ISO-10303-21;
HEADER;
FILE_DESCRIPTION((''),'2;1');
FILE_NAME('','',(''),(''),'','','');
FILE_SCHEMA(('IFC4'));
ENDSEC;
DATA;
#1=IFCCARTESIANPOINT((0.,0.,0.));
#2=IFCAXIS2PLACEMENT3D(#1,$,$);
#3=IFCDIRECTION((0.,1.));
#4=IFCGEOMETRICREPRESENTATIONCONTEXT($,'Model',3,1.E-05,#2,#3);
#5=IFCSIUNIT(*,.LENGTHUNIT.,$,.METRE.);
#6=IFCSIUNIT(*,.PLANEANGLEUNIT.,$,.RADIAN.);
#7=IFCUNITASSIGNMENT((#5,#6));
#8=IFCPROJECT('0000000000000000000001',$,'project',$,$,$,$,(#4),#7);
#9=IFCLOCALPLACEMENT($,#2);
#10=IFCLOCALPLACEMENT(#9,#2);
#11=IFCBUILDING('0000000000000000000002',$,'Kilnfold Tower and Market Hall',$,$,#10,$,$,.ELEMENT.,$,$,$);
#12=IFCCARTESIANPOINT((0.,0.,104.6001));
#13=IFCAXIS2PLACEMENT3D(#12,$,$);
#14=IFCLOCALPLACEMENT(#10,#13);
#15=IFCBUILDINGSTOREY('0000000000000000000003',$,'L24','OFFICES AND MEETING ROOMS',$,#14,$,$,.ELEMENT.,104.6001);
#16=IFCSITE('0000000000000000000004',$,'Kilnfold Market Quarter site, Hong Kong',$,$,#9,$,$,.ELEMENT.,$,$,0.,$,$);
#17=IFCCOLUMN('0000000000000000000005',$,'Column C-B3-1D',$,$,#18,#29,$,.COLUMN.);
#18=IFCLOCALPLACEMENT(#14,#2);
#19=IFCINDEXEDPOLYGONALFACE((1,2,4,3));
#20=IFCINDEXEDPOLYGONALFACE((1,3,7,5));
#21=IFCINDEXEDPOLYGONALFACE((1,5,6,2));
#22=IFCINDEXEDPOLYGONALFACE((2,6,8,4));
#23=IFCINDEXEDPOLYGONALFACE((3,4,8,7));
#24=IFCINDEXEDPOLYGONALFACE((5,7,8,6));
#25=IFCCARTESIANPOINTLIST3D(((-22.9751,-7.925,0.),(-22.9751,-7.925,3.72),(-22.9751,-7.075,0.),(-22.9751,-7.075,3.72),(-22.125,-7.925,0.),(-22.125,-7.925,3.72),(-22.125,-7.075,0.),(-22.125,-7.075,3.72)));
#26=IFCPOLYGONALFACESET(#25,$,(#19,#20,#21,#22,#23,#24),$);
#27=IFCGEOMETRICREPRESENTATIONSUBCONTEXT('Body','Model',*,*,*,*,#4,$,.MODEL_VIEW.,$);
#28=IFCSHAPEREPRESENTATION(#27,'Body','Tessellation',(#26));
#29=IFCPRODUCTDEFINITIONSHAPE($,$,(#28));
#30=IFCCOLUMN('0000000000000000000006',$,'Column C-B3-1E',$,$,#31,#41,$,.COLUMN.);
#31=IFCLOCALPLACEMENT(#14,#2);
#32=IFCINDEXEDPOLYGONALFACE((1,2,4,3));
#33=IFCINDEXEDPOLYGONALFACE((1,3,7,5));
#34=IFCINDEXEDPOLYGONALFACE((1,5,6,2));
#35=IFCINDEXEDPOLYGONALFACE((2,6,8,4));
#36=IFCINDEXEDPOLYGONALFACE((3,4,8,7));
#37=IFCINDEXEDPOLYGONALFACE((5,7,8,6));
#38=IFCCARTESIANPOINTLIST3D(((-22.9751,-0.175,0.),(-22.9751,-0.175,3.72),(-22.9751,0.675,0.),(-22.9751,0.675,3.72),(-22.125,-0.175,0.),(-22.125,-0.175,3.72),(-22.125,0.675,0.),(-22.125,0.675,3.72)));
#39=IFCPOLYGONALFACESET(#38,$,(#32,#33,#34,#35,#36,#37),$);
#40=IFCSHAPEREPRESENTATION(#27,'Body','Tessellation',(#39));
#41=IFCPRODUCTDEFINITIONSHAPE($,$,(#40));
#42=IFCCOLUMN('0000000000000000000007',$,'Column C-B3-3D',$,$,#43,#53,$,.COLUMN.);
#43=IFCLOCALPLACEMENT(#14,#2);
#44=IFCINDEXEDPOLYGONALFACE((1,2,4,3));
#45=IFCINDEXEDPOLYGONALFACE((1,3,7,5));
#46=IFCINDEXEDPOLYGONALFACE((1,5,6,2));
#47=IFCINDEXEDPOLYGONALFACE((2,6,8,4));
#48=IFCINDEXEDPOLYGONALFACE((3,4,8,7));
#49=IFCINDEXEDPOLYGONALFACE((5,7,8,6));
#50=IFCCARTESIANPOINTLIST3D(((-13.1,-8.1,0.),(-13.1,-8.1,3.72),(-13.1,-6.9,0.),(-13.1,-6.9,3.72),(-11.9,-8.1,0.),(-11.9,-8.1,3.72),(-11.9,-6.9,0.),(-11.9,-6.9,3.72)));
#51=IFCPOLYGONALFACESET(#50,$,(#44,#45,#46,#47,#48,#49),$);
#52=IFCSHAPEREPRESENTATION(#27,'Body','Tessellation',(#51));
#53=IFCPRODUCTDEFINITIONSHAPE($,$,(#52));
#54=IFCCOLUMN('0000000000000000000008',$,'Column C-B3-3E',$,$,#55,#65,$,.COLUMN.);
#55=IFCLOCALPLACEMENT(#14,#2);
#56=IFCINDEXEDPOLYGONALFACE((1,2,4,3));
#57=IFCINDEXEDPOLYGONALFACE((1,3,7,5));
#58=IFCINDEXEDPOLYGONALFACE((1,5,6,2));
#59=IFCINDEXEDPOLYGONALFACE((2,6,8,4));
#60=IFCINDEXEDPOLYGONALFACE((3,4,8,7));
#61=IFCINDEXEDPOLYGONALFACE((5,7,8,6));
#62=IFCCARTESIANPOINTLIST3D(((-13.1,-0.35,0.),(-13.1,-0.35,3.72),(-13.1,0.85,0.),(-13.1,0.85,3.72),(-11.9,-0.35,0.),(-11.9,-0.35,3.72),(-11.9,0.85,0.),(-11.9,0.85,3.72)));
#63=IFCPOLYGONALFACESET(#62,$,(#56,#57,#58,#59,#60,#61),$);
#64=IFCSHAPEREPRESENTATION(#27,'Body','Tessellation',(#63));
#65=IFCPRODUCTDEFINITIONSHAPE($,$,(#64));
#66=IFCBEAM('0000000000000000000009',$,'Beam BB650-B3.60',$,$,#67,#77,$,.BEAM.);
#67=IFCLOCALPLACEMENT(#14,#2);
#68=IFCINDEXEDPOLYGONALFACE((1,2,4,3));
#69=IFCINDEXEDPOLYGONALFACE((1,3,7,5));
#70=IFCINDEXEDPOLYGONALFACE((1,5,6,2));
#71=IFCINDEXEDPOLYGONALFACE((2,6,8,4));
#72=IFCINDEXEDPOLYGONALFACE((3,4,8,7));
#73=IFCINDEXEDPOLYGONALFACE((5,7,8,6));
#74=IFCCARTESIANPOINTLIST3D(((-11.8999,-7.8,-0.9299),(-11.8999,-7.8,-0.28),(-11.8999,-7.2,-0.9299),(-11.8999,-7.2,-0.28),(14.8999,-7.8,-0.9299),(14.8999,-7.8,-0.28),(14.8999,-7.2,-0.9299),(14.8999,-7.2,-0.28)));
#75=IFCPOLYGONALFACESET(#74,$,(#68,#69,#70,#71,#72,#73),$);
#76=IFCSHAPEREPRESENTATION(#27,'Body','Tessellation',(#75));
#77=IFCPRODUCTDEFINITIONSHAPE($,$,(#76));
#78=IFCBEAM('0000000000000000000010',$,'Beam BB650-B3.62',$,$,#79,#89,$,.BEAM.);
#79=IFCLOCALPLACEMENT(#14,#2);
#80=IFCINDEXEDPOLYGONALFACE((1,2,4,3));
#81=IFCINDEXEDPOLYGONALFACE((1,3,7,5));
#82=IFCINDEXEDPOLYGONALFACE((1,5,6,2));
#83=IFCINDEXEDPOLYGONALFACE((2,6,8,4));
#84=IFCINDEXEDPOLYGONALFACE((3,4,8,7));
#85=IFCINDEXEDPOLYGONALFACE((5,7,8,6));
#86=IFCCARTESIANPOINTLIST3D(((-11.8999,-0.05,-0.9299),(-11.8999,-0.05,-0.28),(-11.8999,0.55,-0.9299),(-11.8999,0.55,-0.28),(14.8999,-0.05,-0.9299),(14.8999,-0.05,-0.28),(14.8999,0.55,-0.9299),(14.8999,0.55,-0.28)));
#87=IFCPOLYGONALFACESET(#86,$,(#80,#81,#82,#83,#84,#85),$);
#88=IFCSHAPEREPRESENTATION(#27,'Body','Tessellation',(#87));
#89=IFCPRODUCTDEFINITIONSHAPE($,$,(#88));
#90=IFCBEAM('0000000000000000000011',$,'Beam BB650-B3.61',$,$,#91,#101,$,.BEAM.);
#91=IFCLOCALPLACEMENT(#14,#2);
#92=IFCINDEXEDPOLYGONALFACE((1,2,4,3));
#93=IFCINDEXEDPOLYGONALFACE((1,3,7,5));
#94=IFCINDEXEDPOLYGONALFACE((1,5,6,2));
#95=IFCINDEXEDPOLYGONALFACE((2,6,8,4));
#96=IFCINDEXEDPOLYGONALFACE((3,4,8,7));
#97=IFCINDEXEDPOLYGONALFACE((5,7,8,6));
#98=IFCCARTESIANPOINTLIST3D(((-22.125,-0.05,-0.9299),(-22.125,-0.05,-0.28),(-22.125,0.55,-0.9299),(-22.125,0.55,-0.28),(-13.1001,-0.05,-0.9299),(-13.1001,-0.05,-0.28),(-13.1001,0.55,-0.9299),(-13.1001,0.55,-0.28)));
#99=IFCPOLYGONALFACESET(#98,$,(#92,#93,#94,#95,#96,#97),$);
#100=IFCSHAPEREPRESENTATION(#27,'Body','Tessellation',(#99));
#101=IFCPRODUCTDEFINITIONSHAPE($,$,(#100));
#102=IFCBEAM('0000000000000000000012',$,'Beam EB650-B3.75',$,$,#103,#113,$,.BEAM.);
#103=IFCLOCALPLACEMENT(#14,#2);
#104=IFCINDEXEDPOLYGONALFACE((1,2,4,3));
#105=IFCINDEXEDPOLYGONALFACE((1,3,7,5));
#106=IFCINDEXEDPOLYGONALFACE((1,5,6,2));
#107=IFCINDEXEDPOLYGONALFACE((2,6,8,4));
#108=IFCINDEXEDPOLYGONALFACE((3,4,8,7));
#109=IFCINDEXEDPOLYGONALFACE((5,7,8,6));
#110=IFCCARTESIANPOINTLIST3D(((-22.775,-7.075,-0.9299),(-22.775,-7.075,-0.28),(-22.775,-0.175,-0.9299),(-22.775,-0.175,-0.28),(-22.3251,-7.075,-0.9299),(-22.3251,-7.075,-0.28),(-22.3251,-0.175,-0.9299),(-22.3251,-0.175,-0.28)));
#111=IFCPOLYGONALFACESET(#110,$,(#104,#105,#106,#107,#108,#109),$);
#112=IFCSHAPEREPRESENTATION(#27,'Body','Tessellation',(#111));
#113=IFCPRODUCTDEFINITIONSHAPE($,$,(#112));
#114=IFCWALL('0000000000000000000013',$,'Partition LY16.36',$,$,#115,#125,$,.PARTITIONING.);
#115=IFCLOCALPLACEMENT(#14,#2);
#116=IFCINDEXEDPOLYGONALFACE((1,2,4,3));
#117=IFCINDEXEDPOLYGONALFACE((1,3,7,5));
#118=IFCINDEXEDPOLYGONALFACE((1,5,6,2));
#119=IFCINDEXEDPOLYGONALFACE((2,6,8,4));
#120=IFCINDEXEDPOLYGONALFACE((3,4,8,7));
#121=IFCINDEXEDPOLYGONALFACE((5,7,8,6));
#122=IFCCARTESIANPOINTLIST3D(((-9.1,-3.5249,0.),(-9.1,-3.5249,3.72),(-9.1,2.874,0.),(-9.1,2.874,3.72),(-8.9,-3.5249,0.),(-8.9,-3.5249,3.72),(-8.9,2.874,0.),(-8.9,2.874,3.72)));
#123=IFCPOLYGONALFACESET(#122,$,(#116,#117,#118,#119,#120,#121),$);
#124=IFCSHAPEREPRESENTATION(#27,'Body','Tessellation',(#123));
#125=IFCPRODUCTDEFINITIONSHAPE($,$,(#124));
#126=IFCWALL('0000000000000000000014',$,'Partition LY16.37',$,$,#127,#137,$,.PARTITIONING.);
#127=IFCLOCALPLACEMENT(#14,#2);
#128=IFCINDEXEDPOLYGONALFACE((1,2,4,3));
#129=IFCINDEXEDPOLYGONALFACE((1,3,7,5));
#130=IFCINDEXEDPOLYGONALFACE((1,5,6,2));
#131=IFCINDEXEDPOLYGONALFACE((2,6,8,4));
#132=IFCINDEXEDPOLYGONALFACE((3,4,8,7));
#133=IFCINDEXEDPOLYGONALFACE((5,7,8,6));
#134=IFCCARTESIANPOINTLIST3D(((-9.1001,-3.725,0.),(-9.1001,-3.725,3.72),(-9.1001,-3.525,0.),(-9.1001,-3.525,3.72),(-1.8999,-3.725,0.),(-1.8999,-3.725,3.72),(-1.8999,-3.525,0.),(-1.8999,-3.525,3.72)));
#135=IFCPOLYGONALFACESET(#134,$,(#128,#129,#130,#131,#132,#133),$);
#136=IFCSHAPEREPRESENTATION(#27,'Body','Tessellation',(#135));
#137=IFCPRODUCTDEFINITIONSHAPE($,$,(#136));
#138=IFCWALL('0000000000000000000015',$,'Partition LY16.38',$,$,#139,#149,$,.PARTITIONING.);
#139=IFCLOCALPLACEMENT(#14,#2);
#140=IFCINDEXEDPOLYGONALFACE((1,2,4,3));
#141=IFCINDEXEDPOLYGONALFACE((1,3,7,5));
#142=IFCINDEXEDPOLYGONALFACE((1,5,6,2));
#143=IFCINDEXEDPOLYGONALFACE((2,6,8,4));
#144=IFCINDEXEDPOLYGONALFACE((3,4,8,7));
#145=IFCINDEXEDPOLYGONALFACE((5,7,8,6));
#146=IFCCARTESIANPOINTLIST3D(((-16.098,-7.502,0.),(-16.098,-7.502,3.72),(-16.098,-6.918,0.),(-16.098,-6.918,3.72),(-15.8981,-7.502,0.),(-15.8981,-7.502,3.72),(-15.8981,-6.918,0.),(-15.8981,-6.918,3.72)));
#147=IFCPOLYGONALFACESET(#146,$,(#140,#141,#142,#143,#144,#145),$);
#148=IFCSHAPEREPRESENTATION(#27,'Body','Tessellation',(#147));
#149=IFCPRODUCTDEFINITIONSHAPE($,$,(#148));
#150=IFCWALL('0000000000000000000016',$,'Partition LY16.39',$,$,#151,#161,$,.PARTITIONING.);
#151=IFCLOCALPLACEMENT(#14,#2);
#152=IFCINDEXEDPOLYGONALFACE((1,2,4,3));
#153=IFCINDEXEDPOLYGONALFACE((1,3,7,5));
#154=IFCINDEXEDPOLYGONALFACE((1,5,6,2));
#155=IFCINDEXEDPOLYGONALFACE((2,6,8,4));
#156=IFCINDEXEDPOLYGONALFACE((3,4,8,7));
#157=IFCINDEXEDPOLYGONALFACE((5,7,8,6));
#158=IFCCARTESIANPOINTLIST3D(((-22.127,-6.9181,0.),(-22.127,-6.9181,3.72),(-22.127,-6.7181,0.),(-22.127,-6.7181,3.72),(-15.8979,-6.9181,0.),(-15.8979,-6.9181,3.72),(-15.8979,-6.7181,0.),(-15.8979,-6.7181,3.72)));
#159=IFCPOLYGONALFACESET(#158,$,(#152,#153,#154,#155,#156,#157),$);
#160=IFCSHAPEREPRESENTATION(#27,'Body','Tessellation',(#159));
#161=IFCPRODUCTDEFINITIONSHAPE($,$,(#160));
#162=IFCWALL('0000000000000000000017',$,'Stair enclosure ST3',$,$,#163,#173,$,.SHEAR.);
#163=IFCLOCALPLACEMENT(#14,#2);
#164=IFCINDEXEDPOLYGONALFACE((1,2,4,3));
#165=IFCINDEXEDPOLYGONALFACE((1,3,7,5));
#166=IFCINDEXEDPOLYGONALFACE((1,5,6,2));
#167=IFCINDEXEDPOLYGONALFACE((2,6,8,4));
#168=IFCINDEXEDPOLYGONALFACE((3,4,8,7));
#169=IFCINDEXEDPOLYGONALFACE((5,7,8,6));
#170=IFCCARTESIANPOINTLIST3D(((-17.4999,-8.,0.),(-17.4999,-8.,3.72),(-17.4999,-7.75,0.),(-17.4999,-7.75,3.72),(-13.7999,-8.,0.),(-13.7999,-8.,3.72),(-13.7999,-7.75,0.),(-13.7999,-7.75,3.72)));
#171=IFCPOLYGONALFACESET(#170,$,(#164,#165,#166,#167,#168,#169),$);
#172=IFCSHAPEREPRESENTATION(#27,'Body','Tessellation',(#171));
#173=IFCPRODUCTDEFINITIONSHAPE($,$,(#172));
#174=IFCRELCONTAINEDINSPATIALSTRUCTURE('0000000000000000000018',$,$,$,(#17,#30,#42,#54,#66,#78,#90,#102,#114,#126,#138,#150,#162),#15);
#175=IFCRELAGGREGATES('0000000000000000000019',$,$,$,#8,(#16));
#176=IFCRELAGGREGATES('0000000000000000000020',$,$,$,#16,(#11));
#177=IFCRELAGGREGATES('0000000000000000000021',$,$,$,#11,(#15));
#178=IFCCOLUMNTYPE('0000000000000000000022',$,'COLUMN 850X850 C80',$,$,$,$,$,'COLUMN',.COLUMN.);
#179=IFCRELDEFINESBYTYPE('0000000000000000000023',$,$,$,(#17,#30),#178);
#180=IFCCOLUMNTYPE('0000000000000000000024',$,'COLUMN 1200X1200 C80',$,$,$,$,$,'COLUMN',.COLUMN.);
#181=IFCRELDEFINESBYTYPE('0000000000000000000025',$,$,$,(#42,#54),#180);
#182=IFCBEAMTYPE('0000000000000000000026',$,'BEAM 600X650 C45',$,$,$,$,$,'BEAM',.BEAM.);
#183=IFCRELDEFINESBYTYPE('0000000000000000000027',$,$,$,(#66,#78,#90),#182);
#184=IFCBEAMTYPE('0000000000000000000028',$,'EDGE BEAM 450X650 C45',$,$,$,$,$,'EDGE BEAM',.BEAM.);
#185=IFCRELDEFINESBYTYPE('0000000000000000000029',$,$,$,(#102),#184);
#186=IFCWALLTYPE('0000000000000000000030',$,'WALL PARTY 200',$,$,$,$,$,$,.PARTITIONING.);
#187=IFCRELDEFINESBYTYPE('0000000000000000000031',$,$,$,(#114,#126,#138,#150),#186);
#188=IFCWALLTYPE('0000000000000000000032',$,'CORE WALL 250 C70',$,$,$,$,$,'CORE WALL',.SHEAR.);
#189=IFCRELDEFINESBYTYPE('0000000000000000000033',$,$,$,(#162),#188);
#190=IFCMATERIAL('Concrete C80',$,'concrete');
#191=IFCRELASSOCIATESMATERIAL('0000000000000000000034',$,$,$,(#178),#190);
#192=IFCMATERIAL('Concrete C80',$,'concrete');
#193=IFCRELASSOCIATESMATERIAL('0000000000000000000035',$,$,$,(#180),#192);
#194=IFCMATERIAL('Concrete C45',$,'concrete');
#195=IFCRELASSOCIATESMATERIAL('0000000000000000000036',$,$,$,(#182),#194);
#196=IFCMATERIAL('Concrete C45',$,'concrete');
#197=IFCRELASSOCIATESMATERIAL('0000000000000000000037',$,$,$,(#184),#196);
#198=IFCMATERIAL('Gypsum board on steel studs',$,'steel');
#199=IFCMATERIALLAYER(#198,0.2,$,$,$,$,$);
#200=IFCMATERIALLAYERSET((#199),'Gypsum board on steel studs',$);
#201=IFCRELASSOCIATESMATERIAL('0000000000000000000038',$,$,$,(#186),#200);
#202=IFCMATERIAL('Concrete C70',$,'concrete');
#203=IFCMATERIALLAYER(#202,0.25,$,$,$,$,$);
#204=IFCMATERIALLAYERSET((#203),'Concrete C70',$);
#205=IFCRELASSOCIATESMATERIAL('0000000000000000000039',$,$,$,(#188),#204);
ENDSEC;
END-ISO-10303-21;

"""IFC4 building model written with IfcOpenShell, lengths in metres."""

from ifc_helpers import new_model, si_unit, direction, frame, frame_2d, origin, origin_2d, place, context, subcontext, project, spatial, rectangle, extrude, source, transform, mapped, material, layer, layer_set, material_profile, profile_set, type_object, element, save


model = new_model("IFC4")

# Units and contexts
model_context = context("Model", 3, precision=1e-05, world=origin(), true_north=direction((0.0, 1.0)))
body_context = subcontext(model_context, "Body", "Model", "MODEL_VIEW")
ifc_project = project(units=[si_unit("LENGTHUNIT", "METRE"), si_unit("PLANEANGLEUNIT", "RADIAN")], contexts=[model_context])

# Site, building, storey
site_placement = place(None, origin())
site = spatial("IfcSite", under=ifc_project, at=site_placement, Name="Kilnfold Market Quarter site, Hong Kong", CompositionType="ELEMENT", RefElevation=0.0)
building_placement = place(site_placement, origin())
building = spatial("IfcBuilding", under=site, at=building_placement, Name="Kilnfold Tower and Market Hall", CompositionType="ELEMENT")
storey_placement = place(building_placement, frame((0.0, 0.0, 104.6001)))
storey = spatial("IfcBuildingStorey", under=building, at=storey_placement, Name="L24", Description="OFFICES AND MEETING ROOMS", CompositionType="ELEMENT", Elevation=104.6001)

# Columns
ifc_material_1 = material(Name="Concrete C80", Category="concrete")
ifc_material_profile_1 = material_profile(ifc_material_1, rectangle(XDim=0.8501, YDim=0.8501, at=origin_2d()), Name="RC 850x850")
ifc_profile_set_1 = profile_set([ifc_material_profile_1], Name="Concrete C80")
column_type_1 = type_object("IfcColumnType", Name="COLUMN 850X850 C80", ElementType="COLUMN", PredefinedType="COLUMN", material=ifc_profile_set_1)
shared_shape_1 = source(origin(), body_context, "Body", "SweptSolid", [
    extrude(rectangle(XDim=0.8501, YDim=0.8501, at=origin_2d()), origin(), (0.0, 0.0, 1.0), 3.72),
])
for number, where, z_axis, x_axis, name in (
    (1, (-22.55, -7.5, 0.0), (0.0, 0.0, 1.0), (1.0, 0.0, 0.0), "Column C-B3-1D"),
    (2, (-22.55, 0.25, 0.0), (0.0, 0.0, 1.0), (1.0, 0.0, 0.0), "Column C-B3-1E"),
):
    element("IfcColumn", number, at=place(storey_placement, frame(where, z_axis=z_axis, x_axis=x_axis)), inside=storey, type_object=column_type_1, Name=name, PredefinedType="COLUMN", context=body_context, shape_type="MappedRepresentation", body=[
        mapped(shared_shape_1, transform((0.0, 0.0, 0.0))),
    ])
ifc_material_2 = material(Name="Concrete C80", Category="concrete")
ifc_material_profile_2 = material_profile(ifc_material_2, rectangle(XDim=1.2, YDim=1.2, at=origin_2d()), Name="RC 1200x1200")
ifc_profile_set_2 = profile_set([ifc_material_profile_2], Name="Concrete C80")
column_type_2 = type_object("IfcColumnType", Name="COLUMN 1200X1200 C80", ElementType="COLUMN", PredefinedType="COLUMN", material=ifc_profile_set_2)
shared_shape_2 = source(origin(), body_context, "Body", "SweptSolid", [
    extrude(rectangle(XDim=1.2, YDim=1.2, at=origin_2d()), origin(), (0.0, 0.0, 1.0), 3.72),
])
for number, where, z_axis, x_axis, name in (
    (3, (-12.5, -7.5, 0.0), (0.0, 0.0, 1.0), (1.0, 0.0, 0.0), "Column C-B3-3D"),
    (4, (-12.5, 0.25, 0.0), (0.0, 0.0, 1.0), (1.0, 0.0, 0.0), "Column C-B3-3E"),
):
    element("IfcColumn", number, at=place(storey_placement, frame(where, z_axis=z_axis, x_axis=x_axis)), inside=storey, type_object=column_type_2, Name=name, PredefinedType="COLUMN", context=body_context, shape_type="MappedRepresentation", body=[
        mapped(shared_shape_2, transform((0.0, 0.0, 0.0))),
    ])

# Beams
ifc_material_3 = material(Name="Concrete C45", Category="concrete")
ifc_material_profile_3 = material_profile(ifc_material_3, rectangle(XDim=0.6001, YDim=0.6499, at=origin_2d()), Name="RC 600x650")
ifc_profile_set_3 = profile_set([ifc_material_profile_3], Name="Concrete C45")
beam_type_1 = type_object("IfcBeamType", Name="BEAM 600X650 C45", ElementType="BEAM", PredefinedType="BEAM", material=ifc_profile_set_3)
shared_shape_3 = source(origin(), body_context, "Body", "SweptSolid", [
    extrude(rectangle(XDim=0.6001, YDim=0.6499, at=origin_2d()), origin(), (0.0, 0.0, 1.0), 26.7998),
])
for number, where, z_axis, x_axis, name in (
    (5, (-11.8999, -7.5, -0.605), (1.0, 0.0, 0.0), (0.0, 1.0, 0.0), "Beam BB650-B3.60"),
    (6, (-11.8999, 0.25, -0.605), (1.0, 0.0, 0.0), (0.0, 1.0, 0.0), "Beam BB650-B3.62"),
):
    element("IfcBeam", number, at=place(storey_placement, frame(where, z_axis=z_axis, x_axis=x_axis)), inside=storey, type_object=beam_type_1, Name=name, PredefinedType="BEAM", context=body_context, shape_type="MappedRepresentation", body=[
        mapped(shared_shape_3, transform((0.0, 0.0, 0.0))),
    ])
shared_shape_4 = source(origin(), body_context, "Body", "SweptSolid", [
    extrude(rectangle(XDim=0.6001, YDim=0.6499, at=origin_2d()), origin(), (0.0, 0.0, 1.0), 9.0249),
])
beam_1_placement = place(storey_placement, frame((-22.125, 0.25, -0.605), z_axis=(1.0, 0.0, 0.0), x_axis=(0.0, 1.0, 0.0)))
element("IfcBeam", 7, at=beam_1_placement, inside=storey, type_object=beam_type_1, Name="Beam BB650-B3.61", PredefinedType="BEAM", context=body_context, shape_type="MappedRepresentation", body=[
    mapped(shared_shape_4, transform((0.0, 0.0, 0.0))),
])
ifc_material_4 = material(Name="Concrete C45", Category="concrete")
ifc_material_profile_4 = material_profile(ifc_material_4, rectangle(XDim=0.45, YDim=0.6499, at=origin_2d()), Name="RC 450x650")
ifc_profile_set_4 = profile_set([ifc_material_profile_4], Name="Concrete C45")
beam_type_2 = type_object("IfcBeamType", Name="EDGE BEAM 450X650 C45", ElementType="EDGE BEAM", PredefinedType="BEAM", material=ifc_profile_set_4)
shared_shape_5 = source(origin(), body_context, "Body", "SweptSolid", [
    extrude(rectangle(XDim=0.45, YDim=0.6499, at=origin_2d()), origin(), (0.0, 0.0, 1.0), 6.8999),
])
beam_2_placement = place(storey_placement, frame((-22.55, -7.075, -0.605), z_axis=(0.0, 1.0, 0.0), x_axis=(-1.0, 0.0, 0.0)))
element("IfcBeam", 8, at=beam_2_placement, inside=storey, type_object=beam_type_2, Name="Beam EB650-B3.75", PredefinedType="BEAM", context=body_context, shape_type="MappedRepresentation", body=[
    mapped(shared_shape_5, transform((0.0, 0.0, 0.0))),
])

# Walls
ifc_material_5 = material(Name="Gypsum board on steel studs", Category="steel")
ifc_layer_1 = layer(ifc_material_5, 0.2)
ifc_layer_set_1 = layer_set([ifc_layer_1], Name="Gypsum board on steel studs")
wall_type_1 = type_object("IfcWallType", Name="WALL PARTY 200", PredefinedType="PARTITIONING", material=ifc_layer_set_1)
wall_1_placement = place(storey_placement, frame((-9.0, -3.5249, 0.0), z_axis=(0.0, 0.0, 1.0), x_axis=(0.0, 1.0, 0.0)))
element("IfcWall", 9, at=wall_1_placement, inside=storey, type_object=wall_type_1, Name="Partition LY16.36", PredefinedType="PARTITIONING", context=body_context, shape_type="SweptSolid", body=[
    extrude(rectangle(XDim=6.3989, YDim=0.2, at=frame_2d((3.1995, 0.0))), origin(), (0.0, 0.0, 1.0), 3.72),
])
wall_2_placement = place(storey_placement, frame((-9.1001, -3.625, 0.0), z_axis=(0.0, 0.0, 1.0), x_axis=(1.0, 0.0, 0.0)))
element("IfcWall", 10, at=wall_2_placement, inside=storey, type_object=wall_type_1, Name="Partition LY16.37", PredefinedType="PARTITIONING", context=body_context, shape_type="SweptSolid", body=[
    extrude(rectangle(XDim=7.2002, YDim=0.2, at=frame_2d((3.6001, 0.0))), origin(), (0.0, 0.0, 1.0), 3.72),
])
wall_3_placement = place(storey_placement, frame((-15.998, -6.918, 0.0), z_axis=(0.0, 0.0, 1.0), x_axis=(0.0, -1.0, 0.0)))
element("IfcWall", 11, at=wall_3_placement, inside=storey, type_object=wall_type_1, Name="Partition LY16.38", PredefinedType="PARTITIONING", context=body_context, shape_type="SweptSolid", body=[
    extrude(rectangle(XDim=0.584, YDim=0.2, at=frame_2d((0.292, 0.0))), origin(), (0.0, 0.0, 1.0), 3.72),
])
wall_4_placement = place(storey_placement, frame((-22.127, -6.8181, 0.0), z_axis=(0.0, 0.0, 1.0), x_axis=(1.0, 0.0, 0.0)))
element("IfcWall", 12, at=wall_4_placement, inside=storey, type_object=wall_type_1, Name="Partition LY16.39", PredefinedType="PARTITIONING", context=body_context, shape_type="SweptSolid", body=[
    extrude(rectangle(XDim=6.229, YDim=0.2, at=frame_2d((3.1145, 0.0))), origin(), (0.0, 0.0, 1.0), 3.72),
])
ifc_material_6 = material(Name="Concrete C70", Category="concrete")
ifc_layer_2 = layer(ifc_material_6, 0.25)
ifc_layer_set_2 = layer_set([ifc_layer_2], Name="Concrete C70")
wall_type_2 = type_object("IfcWallType", Name="CORE WALL 250 C70", ElementType="CORE WALL", PredefinedType="SHEAR", material=ifc_layer_set_2)
shared_shape_6 = source(origin(), body_context, "Body", "SweptSolid", [
    extrude(rectangle(XDim=3.7, YDim=0.25, at=frame_2d((1.8501, 0.0))), origin(), (0.0, 0.0, 1.0), 3.72),
])
wall_5_placement = place(storey_placement, frame((-17.5, -7.875, 0.0), z_axis=(0.0, 0.0, 1.0), x_axis=(1.0, 0.0, 0.0)))
element("IfcWall", 13, at=wall_5_placement, inside=storey, type_object=wall_type_2, Name="Stair enclosure ST3", PredefinedType="SHEAR", context=body_context, shape_type="MappedRepresentation", body=[
    mapped(shared_shape_6, transform((0.0, 0.0, 0.0))),
])

save(model, "model.ifc")
